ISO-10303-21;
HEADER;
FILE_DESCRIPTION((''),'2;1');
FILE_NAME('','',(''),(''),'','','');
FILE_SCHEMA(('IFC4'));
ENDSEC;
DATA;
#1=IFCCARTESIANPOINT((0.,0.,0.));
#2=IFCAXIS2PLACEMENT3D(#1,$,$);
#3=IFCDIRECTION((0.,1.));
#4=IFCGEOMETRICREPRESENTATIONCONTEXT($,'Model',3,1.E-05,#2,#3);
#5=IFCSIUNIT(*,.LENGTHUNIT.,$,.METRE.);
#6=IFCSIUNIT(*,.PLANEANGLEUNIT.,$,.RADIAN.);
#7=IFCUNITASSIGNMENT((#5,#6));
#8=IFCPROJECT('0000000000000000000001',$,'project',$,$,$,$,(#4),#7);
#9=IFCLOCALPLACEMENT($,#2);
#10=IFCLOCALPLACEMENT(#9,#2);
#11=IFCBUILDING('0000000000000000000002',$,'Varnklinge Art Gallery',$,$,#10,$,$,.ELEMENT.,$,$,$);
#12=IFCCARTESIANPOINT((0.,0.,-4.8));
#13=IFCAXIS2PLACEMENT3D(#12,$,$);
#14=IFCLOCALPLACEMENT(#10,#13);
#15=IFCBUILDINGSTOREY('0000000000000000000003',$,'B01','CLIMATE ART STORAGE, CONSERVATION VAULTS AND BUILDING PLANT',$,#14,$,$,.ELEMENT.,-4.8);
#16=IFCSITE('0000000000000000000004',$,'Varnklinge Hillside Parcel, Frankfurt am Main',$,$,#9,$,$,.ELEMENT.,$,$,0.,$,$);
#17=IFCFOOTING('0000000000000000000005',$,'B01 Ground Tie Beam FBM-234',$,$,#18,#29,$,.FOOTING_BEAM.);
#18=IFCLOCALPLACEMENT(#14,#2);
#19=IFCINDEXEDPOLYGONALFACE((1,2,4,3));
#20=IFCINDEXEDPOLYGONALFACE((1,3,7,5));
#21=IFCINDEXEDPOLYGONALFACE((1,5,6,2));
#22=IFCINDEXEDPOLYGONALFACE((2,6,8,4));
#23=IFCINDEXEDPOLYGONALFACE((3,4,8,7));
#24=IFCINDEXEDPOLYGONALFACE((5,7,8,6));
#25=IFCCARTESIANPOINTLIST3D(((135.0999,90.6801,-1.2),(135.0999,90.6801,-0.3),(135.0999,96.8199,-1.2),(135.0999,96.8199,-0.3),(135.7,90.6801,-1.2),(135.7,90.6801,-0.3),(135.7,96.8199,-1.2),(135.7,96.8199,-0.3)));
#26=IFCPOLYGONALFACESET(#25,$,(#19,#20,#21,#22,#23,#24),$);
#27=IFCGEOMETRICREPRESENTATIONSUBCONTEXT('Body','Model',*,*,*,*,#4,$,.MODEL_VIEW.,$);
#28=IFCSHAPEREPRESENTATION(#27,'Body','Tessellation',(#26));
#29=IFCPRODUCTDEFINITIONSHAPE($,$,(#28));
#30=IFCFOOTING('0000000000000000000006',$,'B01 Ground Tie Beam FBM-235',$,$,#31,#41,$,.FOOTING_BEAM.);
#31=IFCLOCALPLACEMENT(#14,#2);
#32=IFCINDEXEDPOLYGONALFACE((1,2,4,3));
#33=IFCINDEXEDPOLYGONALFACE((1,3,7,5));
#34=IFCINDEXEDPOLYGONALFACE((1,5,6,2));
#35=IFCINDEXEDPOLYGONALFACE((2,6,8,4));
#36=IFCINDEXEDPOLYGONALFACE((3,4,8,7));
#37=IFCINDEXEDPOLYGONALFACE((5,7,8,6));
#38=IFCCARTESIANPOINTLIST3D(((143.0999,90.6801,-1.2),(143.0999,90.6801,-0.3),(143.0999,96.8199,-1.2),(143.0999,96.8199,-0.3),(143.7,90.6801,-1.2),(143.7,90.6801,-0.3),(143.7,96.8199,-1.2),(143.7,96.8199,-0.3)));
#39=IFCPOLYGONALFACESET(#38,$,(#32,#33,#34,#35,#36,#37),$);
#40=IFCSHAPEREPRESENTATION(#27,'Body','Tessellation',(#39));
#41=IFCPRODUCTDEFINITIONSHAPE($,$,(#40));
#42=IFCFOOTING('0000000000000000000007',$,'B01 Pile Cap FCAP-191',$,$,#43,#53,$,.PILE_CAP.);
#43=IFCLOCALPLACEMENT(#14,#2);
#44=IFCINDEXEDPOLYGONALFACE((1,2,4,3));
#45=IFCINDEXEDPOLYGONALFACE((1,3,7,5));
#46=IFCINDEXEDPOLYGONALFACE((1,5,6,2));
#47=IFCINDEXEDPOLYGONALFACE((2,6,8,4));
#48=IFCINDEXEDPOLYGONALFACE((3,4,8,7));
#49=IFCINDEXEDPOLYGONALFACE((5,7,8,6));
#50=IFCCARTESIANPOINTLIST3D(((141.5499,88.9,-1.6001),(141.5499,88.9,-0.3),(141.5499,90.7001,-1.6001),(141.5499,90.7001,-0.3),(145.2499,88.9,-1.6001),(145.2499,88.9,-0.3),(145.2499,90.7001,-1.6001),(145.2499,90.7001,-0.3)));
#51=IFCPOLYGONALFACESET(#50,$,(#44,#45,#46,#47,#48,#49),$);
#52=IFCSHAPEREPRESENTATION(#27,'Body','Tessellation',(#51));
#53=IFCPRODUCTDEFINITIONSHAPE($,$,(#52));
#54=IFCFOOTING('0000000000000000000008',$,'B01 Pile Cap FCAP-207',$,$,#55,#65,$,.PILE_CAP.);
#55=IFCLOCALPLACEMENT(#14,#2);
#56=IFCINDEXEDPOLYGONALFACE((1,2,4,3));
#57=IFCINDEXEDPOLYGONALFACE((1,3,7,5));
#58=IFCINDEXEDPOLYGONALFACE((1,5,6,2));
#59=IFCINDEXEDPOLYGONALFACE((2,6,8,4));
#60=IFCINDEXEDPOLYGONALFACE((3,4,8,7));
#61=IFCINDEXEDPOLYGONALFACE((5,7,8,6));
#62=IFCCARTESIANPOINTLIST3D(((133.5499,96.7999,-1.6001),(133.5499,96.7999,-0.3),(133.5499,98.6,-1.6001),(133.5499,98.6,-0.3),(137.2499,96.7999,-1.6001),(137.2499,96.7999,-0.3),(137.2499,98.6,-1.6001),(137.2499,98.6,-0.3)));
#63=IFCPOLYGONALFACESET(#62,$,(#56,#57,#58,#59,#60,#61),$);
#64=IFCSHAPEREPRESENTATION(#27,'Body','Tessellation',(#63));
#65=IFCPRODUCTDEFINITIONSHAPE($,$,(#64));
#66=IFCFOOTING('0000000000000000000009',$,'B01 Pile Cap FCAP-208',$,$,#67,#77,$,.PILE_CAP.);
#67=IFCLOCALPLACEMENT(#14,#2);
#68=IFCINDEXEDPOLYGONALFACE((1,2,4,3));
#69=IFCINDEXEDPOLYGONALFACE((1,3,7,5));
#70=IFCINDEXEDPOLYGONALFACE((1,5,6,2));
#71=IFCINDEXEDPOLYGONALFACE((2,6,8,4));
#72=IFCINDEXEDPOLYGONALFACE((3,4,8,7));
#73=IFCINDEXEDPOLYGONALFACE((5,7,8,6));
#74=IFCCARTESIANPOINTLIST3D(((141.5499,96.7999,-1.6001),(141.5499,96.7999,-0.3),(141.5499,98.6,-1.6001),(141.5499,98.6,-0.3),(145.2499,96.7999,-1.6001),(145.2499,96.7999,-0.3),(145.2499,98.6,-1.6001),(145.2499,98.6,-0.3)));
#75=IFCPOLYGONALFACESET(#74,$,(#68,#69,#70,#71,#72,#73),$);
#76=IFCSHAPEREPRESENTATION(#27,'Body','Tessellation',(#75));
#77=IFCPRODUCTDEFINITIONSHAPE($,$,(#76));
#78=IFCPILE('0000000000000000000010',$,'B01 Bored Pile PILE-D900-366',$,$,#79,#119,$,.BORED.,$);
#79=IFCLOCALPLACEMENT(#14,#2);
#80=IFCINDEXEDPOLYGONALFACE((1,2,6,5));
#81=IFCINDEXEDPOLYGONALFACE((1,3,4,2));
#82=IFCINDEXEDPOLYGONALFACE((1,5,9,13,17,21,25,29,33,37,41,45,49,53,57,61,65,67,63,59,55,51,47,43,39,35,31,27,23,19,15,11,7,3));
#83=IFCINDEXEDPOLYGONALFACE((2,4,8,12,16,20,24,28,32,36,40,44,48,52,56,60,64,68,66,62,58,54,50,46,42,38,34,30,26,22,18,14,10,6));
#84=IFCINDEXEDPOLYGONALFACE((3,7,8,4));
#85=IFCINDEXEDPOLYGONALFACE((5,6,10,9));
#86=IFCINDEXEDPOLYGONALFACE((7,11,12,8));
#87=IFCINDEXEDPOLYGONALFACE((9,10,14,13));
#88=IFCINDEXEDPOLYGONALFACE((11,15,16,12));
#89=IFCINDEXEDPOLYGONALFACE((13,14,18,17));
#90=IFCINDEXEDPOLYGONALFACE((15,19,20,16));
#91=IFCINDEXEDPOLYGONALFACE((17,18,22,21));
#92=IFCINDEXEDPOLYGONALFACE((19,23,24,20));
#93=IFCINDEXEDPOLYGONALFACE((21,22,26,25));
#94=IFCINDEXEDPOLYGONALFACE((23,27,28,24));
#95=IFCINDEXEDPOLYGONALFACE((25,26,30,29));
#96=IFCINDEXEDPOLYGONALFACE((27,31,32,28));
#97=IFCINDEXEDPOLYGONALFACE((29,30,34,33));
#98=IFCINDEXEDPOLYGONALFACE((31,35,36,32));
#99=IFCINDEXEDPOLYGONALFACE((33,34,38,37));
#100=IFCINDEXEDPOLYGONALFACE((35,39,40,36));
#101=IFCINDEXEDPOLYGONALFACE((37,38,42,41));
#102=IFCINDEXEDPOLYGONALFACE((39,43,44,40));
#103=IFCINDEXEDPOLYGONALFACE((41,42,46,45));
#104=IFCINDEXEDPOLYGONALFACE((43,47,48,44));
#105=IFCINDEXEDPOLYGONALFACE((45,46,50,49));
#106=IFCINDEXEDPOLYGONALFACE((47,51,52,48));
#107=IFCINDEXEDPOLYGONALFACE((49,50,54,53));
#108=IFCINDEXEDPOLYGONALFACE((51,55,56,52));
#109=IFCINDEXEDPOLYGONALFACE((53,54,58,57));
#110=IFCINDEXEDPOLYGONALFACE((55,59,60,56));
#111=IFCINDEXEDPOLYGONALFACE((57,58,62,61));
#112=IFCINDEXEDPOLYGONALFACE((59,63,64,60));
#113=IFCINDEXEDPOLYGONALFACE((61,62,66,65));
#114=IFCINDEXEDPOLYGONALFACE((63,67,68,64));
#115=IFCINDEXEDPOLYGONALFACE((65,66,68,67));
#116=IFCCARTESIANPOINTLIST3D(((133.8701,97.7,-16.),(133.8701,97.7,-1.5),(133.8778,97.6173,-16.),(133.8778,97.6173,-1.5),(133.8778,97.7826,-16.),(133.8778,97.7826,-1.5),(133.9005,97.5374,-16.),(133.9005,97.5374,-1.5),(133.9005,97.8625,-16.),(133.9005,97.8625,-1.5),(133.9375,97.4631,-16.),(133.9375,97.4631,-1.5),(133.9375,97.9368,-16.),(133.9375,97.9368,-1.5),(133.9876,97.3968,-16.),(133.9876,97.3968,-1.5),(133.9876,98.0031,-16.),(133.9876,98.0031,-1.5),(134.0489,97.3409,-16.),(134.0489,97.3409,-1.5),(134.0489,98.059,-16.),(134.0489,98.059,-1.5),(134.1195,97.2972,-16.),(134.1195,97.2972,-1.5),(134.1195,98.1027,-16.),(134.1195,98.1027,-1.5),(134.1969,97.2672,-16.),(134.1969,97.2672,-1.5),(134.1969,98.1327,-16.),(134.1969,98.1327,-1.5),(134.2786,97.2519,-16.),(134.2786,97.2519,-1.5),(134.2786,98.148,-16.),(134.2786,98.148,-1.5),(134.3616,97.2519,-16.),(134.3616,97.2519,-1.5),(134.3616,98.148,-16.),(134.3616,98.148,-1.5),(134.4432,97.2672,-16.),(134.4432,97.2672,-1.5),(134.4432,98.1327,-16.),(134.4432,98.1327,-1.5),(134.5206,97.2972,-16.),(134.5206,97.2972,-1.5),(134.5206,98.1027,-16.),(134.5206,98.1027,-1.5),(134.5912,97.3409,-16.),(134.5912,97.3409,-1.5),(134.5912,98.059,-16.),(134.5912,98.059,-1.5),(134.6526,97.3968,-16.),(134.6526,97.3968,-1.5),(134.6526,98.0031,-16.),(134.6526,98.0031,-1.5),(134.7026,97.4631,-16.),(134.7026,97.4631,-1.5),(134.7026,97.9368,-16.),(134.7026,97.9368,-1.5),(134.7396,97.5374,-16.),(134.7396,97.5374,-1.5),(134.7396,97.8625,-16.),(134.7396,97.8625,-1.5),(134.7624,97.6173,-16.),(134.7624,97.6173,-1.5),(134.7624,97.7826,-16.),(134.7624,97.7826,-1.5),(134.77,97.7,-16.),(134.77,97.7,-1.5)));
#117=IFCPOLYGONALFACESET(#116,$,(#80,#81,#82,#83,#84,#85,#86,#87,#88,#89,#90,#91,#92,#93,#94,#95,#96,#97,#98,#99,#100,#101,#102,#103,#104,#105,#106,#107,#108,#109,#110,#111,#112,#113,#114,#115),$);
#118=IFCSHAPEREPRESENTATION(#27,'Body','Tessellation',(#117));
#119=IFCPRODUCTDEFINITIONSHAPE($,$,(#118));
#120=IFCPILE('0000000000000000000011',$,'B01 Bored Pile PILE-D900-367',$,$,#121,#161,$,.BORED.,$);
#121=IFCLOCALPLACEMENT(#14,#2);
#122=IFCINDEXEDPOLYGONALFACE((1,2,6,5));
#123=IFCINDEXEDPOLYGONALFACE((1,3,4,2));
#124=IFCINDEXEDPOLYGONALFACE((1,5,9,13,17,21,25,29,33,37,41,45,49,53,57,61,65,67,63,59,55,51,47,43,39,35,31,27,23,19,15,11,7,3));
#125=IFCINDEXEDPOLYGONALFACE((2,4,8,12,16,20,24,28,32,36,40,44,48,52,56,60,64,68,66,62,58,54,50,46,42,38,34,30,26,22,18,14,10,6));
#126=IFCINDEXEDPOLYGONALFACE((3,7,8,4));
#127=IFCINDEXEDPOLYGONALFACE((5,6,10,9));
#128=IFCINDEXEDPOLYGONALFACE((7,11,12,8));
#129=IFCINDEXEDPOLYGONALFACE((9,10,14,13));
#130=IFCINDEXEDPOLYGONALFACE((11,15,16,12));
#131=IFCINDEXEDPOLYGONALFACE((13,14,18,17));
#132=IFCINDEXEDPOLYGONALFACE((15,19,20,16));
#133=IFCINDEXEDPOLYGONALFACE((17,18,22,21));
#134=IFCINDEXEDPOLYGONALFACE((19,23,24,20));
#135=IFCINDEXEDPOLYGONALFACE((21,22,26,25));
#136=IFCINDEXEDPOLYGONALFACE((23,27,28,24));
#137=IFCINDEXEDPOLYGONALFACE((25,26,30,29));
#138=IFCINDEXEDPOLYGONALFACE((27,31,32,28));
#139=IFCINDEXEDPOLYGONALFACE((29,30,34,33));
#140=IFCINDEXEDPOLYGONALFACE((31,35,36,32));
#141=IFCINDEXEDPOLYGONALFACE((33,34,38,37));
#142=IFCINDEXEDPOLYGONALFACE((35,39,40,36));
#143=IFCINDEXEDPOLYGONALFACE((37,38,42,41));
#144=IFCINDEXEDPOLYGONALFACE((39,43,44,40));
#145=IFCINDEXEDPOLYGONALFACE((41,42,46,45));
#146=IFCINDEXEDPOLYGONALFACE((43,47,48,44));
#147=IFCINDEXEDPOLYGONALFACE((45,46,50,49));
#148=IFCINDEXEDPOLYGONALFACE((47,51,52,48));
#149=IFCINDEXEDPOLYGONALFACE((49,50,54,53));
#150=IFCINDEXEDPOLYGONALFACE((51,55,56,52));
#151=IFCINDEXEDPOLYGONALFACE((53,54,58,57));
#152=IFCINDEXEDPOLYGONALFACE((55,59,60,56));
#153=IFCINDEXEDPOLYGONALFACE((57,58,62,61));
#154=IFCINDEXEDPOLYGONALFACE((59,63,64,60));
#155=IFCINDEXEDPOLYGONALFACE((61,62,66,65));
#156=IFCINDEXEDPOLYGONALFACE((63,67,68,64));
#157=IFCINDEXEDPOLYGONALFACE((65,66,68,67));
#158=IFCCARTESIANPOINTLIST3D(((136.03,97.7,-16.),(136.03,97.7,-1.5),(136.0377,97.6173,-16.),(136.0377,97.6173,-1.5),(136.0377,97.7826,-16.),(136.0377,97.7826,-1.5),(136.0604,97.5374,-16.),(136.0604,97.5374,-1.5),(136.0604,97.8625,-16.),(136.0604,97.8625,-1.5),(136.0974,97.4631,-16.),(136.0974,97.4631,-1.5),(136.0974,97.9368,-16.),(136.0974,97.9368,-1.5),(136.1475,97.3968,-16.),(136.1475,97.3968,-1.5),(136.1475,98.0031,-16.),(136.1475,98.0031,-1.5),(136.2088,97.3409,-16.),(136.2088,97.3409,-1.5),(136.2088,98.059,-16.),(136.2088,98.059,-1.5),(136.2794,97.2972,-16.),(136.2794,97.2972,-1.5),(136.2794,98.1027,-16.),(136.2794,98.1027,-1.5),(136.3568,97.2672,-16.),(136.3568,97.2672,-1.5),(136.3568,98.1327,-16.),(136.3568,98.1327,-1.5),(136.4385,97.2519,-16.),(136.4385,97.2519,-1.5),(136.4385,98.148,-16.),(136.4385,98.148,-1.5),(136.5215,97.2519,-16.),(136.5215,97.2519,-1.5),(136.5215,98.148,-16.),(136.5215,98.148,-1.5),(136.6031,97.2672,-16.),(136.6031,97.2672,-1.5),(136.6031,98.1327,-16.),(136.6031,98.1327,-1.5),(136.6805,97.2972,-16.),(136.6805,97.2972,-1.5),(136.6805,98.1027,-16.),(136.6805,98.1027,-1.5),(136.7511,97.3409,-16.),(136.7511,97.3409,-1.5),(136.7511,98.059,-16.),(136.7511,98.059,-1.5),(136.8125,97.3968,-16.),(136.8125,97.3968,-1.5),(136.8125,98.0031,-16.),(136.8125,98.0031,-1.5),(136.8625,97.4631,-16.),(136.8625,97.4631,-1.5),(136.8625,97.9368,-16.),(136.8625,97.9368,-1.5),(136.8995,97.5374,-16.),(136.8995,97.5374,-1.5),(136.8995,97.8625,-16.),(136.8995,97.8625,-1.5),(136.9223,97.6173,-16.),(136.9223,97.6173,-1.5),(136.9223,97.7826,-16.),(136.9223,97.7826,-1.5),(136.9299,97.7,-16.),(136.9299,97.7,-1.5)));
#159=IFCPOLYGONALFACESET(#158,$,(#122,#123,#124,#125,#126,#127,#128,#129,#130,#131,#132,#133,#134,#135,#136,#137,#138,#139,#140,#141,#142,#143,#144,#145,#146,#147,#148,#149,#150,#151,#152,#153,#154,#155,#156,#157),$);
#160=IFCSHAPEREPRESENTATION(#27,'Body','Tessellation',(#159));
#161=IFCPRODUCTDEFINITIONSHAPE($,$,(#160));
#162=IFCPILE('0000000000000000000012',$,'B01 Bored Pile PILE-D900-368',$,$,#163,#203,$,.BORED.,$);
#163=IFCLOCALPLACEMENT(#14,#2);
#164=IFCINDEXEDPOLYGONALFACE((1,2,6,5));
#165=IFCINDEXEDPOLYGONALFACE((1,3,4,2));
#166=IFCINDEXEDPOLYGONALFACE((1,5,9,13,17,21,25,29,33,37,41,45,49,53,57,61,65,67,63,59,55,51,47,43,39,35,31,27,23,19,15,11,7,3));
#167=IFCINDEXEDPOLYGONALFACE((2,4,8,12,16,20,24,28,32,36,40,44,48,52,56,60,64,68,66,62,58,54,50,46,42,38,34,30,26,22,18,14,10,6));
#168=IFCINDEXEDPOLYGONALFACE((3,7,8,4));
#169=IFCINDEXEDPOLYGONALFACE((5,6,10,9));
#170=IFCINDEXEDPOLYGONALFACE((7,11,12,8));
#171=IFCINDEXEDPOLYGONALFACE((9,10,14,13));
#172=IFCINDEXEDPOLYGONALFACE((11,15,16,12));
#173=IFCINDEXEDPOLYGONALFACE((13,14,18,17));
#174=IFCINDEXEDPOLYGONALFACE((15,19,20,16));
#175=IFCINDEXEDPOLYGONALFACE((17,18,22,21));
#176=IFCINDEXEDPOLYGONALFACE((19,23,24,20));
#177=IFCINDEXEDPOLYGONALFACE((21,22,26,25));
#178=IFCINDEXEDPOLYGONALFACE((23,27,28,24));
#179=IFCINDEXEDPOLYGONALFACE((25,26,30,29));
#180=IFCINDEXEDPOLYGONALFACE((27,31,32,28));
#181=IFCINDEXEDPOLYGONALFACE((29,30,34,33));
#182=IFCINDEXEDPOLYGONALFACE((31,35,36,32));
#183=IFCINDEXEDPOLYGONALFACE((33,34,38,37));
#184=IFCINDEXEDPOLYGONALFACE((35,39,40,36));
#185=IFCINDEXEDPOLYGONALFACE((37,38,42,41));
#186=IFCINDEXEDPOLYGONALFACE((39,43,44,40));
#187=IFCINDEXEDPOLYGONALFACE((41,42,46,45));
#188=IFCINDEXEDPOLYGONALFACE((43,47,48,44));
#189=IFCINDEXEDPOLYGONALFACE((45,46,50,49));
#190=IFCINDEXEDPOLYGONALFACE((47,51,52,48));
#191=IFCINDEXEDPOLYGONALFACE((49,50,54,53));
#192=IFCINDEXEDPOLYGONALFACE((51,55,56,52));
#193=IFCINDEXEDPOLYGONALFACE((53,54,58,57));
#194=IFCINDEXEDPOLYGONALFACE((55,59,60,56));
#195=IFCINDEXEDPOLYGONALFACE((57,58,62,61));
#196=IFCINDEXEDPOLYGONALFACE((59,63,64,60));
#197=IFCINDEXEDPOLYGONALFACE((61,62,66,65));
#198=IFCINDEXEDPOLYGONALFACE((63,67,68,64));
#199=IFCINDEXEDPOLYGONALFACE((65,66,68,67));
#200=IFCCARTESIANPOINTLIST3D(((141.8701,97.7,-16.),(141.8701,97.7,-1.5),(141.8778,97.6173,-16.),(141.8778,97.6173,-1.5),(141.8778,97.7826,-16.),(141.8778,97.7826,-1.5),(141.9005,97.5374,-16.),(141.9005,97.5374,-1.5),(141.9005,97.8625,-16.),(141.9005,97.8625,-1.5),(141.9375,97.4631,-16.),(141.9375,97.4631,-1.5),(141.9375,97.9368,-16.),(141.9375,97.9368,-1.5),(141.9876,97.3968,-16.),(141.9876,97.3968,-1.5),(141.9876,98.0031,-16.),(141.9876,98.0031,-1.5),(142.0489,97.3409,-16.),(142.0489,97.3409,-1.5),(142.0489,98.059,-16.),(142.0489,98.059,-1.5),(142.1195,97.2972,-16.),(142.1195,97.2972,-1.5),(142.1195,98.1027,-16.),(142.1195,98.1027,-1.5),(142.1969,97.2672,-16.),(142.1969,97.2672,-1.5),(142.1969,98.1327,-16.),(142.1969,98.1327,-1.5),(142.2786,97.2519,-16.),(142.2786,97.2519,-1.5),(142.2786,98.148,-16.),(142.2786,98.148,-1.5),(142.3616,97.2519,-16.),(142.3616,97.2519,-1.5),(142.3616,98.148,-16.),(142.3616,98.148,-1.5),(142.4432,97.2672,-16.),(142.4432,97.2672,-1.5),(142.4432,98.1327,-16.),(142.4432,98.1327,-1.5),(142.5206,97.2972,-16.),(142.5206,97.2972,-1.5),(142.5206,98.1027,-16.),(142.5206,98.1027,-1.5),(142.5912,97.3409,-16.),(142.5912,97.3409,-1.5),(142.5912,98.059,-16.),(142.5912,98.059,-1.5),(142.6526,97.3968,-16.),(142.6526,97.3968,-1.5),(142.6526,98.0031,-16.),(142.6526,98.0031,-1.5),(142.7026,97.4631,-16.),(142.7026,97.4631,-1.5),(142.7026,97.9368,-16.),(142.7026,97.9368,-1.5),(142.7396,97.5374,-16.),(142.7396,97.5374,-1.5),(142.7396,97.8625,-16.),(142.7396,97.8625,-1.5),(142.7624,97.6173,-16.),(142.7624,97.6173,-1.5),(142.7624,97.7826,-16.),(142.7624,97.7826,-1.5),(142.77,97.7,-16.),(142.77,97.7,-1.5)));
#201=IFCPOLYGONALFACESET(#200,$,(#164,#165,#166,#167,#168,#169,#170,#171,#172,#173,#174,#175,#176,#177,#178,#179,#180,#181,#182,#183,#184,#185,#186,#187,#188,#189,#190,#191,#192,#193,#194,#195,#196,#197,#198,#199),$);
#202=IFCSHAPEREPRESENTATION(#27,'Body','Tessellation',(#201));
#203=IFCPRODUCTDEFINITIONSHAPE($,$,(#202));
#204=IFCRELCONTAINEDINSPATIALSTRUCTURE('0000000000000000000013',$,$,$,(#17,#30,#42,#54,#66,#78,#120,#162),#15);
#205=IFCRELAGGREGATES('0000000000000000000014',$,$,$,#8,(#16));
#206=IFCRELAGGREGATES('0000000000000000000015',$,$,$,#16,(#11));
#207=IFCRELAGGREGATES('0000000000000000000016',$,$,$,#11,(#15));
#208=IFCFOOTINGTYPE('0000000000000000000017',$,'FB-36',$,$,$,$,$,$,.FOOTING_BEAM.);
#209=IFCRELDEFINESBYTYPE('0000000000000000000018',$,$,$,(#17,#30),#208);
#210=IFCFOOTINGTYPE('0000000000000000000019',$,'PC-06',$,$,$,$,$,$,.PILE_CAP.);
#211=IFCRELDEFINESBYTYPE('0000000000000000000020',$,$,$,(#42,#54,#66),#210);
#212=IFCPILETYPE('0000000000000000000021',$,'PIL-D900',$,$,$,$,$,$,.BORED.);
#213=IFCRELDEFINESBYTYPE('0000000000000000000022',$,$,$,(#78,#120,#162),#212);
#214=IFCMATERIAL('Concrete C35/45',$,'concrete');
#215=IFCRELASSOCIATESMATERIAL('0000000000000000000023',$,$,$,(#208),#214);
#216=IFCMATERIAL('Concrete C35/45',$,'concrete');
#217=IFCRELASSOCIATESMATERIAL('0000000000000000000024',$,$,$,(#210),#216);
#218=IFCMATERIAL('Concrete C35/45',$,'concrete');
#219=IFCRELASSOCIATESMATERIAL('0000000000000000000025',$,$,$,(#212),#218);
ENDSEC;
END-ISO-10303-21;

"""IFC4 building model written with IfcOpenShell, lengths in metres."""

from ifc_helpers import new_model, si_unit, direction, frame, origin, origin_2d, place, context, subcontext, project, spatial, rectangle, circle, extrude, material, material_profile, profile_set, type_object, element, save


model = new_model("IFC4")

# Units and contexts
model_context = context("Model", 3, precision=1e-05, world=origin(), true_north=direction((0.0, 1.0)))
body_context = subcontext(model_context, "Body", "Model", "MODEL_VIEW")
ifc_project = project(units=[si_unit("LENGTHUNIT", "METRE"), si_unit("PLANEANGLEUNIT", "RADIAN")], contexts=[model_context])

# Site, building, storey
site_placement = place(None, origin())
site = spatial("IfcSite", under=ifc_project, at=site_placement, Name="Varnklinge Hillside Parcel, Frankfurt am Main", CompositionType="ELEMENT", RefElevation=0.0)
building_placement = place(site_placement, origin())
building = spatial("IfcBuilding", under=site, at=building_placement, Name="Varnklinge Art Gallery", CompositionType="ELEMENT")
storey_placement = place(building_placement, frame((0.0, 0.0, -4.8)))
storey = spatial("IfcBuildingStorey", under=building, at=storey_placement, Name="B01", Description="CLIMATE ART STORAGE, CONSERVATION VAULTS AND BUILDING PLANT", CompositionType="ELEMENT", Elevation=-4.8)

# Footings
ifc_material_1 = material(Name="Concrete C35/45", Category="concrete")
footing_type_1 = type_object("IfcFootingType", Name="FB-36", PredefinedType="FOOTING_BEAM", material=ifc_material_1)
for number, where, z_axis, x_axis, name in (
    (1, (135.3999, 93.75, -1.2), (0.0, 0.0, 1.0), (0.0, 1.0, 0.0), "B01 Ground Tie Beam FBM-234"),
    (2, (143.3999, 93.75, -1.2), (0.0, 0.0, 1.0), (0.0, 1.0, 0.0), "B01 Ground Tie Beam FBM-235"),
):
    element("IfcFooting", number, at=place(storey_placement, frame(where, z_axis=z_axis, x_axis=x_axis)), inside=storey, type_object=footing_type_1, Name=name, PredefinedType="FOOTING_BEAM", context=body_context, shape_type="SweptSolid", body=[
        extrude(rectangle(XDim=6.1399, YDim=0.6001, at=origin_2d()), origin(), (0.0, 0.0, 1.0), 0.8999),
    ])
ifc_material_2 = material(Name="Concrete C35/45", Category="concrete")
footing_type_2 = type_object("IfcFootingType", Name="PC-06", PredefinedType="PILE_CAP", material=ifc_material_2)
for number, where, z_axis, x_axis, name in (
    (3, (143.3999, 89.8, -1.6001), (0.0, 0.0, 1.0), (1.0, 0.0, 0.0), "B01 Pile Cap FCAP-191"),
    (4, (135.3999, 97.7, -1.6001), (0.0, 0.0, 1.0), (1.0, 0.0, 0.0), "B01 Pile Cap FCAP-207"),
    (5, (143.3999, 97.7, -1.6001), (0.0, 0.0, 1.0), (1.0, 0.0, 0.0), "B01 Pile Cap FCAP-208"),
):
    element("IfcFooting", number, at=place(storey_placement, frame(where, z_axis=z_axis, x_axis=x_axis)), inside=storey, type_object=footing_type_2, Name=name, PredefinedType="PILE_CAP", context=body_context, shape_type="SweptSolid", body=[
        extrude(rectangle(XDim=3.7, YDim=1.8, at=origin_2d()), origin(), (0.0, 0.0, 1.0), 1.3),
    ])

# Piles
ifc_material_3 = material(Name="Concrete C35/45", Category="concrete")
ifc_material_profile_1 = material_profile(ifc_material_3, circle(Radius=0.45, at=origin_2d()), Name="PILE D900")
ifc_profile_set_1 = profile_set([ifc_material_profile_1], Name="Concrete C35/45")
pile_type = type_object("IfcPileType", Name="PIL-D900", PredefinedType="BORED", material=ifc_profile_set_1)
for number, where, z_axis, x_axis, name in (
    (6, (134.3201, 97.7, -1.5), (0.0, 0.0, -1.0), (1.0, 0.0, 0.0), "B01 Bored Pile PILE-D900-366"),
    (7, (136.48, 97.7, -1.5), (0.0, 0.0, -1.0), (1.0, 0.0, 0.0), "B01 Bored Pile PILE-D900-367"),
    (8, (142.3201, 97.7, -1.5), (0.0, 0.0, -1.0), (1.0, 0.0, 0.0), "B01 Bored Pile PILE-D900-368"),
):
    element("IfcPile", number, at=place(storey_placement, frame(where, z_axis=z_axis, x_axis=x_axis)), inside=storey, type_object=pile_type, Name=name, PredefinedType="BORED", context=body_context, shape_type="SweptSolid", body=[
        extrude(circle(Radius=0.45, at=origin_2d()), origin(), (0.0, 0.0, 1.0), 14.5),
    ])

save(model, "model.ifc")
